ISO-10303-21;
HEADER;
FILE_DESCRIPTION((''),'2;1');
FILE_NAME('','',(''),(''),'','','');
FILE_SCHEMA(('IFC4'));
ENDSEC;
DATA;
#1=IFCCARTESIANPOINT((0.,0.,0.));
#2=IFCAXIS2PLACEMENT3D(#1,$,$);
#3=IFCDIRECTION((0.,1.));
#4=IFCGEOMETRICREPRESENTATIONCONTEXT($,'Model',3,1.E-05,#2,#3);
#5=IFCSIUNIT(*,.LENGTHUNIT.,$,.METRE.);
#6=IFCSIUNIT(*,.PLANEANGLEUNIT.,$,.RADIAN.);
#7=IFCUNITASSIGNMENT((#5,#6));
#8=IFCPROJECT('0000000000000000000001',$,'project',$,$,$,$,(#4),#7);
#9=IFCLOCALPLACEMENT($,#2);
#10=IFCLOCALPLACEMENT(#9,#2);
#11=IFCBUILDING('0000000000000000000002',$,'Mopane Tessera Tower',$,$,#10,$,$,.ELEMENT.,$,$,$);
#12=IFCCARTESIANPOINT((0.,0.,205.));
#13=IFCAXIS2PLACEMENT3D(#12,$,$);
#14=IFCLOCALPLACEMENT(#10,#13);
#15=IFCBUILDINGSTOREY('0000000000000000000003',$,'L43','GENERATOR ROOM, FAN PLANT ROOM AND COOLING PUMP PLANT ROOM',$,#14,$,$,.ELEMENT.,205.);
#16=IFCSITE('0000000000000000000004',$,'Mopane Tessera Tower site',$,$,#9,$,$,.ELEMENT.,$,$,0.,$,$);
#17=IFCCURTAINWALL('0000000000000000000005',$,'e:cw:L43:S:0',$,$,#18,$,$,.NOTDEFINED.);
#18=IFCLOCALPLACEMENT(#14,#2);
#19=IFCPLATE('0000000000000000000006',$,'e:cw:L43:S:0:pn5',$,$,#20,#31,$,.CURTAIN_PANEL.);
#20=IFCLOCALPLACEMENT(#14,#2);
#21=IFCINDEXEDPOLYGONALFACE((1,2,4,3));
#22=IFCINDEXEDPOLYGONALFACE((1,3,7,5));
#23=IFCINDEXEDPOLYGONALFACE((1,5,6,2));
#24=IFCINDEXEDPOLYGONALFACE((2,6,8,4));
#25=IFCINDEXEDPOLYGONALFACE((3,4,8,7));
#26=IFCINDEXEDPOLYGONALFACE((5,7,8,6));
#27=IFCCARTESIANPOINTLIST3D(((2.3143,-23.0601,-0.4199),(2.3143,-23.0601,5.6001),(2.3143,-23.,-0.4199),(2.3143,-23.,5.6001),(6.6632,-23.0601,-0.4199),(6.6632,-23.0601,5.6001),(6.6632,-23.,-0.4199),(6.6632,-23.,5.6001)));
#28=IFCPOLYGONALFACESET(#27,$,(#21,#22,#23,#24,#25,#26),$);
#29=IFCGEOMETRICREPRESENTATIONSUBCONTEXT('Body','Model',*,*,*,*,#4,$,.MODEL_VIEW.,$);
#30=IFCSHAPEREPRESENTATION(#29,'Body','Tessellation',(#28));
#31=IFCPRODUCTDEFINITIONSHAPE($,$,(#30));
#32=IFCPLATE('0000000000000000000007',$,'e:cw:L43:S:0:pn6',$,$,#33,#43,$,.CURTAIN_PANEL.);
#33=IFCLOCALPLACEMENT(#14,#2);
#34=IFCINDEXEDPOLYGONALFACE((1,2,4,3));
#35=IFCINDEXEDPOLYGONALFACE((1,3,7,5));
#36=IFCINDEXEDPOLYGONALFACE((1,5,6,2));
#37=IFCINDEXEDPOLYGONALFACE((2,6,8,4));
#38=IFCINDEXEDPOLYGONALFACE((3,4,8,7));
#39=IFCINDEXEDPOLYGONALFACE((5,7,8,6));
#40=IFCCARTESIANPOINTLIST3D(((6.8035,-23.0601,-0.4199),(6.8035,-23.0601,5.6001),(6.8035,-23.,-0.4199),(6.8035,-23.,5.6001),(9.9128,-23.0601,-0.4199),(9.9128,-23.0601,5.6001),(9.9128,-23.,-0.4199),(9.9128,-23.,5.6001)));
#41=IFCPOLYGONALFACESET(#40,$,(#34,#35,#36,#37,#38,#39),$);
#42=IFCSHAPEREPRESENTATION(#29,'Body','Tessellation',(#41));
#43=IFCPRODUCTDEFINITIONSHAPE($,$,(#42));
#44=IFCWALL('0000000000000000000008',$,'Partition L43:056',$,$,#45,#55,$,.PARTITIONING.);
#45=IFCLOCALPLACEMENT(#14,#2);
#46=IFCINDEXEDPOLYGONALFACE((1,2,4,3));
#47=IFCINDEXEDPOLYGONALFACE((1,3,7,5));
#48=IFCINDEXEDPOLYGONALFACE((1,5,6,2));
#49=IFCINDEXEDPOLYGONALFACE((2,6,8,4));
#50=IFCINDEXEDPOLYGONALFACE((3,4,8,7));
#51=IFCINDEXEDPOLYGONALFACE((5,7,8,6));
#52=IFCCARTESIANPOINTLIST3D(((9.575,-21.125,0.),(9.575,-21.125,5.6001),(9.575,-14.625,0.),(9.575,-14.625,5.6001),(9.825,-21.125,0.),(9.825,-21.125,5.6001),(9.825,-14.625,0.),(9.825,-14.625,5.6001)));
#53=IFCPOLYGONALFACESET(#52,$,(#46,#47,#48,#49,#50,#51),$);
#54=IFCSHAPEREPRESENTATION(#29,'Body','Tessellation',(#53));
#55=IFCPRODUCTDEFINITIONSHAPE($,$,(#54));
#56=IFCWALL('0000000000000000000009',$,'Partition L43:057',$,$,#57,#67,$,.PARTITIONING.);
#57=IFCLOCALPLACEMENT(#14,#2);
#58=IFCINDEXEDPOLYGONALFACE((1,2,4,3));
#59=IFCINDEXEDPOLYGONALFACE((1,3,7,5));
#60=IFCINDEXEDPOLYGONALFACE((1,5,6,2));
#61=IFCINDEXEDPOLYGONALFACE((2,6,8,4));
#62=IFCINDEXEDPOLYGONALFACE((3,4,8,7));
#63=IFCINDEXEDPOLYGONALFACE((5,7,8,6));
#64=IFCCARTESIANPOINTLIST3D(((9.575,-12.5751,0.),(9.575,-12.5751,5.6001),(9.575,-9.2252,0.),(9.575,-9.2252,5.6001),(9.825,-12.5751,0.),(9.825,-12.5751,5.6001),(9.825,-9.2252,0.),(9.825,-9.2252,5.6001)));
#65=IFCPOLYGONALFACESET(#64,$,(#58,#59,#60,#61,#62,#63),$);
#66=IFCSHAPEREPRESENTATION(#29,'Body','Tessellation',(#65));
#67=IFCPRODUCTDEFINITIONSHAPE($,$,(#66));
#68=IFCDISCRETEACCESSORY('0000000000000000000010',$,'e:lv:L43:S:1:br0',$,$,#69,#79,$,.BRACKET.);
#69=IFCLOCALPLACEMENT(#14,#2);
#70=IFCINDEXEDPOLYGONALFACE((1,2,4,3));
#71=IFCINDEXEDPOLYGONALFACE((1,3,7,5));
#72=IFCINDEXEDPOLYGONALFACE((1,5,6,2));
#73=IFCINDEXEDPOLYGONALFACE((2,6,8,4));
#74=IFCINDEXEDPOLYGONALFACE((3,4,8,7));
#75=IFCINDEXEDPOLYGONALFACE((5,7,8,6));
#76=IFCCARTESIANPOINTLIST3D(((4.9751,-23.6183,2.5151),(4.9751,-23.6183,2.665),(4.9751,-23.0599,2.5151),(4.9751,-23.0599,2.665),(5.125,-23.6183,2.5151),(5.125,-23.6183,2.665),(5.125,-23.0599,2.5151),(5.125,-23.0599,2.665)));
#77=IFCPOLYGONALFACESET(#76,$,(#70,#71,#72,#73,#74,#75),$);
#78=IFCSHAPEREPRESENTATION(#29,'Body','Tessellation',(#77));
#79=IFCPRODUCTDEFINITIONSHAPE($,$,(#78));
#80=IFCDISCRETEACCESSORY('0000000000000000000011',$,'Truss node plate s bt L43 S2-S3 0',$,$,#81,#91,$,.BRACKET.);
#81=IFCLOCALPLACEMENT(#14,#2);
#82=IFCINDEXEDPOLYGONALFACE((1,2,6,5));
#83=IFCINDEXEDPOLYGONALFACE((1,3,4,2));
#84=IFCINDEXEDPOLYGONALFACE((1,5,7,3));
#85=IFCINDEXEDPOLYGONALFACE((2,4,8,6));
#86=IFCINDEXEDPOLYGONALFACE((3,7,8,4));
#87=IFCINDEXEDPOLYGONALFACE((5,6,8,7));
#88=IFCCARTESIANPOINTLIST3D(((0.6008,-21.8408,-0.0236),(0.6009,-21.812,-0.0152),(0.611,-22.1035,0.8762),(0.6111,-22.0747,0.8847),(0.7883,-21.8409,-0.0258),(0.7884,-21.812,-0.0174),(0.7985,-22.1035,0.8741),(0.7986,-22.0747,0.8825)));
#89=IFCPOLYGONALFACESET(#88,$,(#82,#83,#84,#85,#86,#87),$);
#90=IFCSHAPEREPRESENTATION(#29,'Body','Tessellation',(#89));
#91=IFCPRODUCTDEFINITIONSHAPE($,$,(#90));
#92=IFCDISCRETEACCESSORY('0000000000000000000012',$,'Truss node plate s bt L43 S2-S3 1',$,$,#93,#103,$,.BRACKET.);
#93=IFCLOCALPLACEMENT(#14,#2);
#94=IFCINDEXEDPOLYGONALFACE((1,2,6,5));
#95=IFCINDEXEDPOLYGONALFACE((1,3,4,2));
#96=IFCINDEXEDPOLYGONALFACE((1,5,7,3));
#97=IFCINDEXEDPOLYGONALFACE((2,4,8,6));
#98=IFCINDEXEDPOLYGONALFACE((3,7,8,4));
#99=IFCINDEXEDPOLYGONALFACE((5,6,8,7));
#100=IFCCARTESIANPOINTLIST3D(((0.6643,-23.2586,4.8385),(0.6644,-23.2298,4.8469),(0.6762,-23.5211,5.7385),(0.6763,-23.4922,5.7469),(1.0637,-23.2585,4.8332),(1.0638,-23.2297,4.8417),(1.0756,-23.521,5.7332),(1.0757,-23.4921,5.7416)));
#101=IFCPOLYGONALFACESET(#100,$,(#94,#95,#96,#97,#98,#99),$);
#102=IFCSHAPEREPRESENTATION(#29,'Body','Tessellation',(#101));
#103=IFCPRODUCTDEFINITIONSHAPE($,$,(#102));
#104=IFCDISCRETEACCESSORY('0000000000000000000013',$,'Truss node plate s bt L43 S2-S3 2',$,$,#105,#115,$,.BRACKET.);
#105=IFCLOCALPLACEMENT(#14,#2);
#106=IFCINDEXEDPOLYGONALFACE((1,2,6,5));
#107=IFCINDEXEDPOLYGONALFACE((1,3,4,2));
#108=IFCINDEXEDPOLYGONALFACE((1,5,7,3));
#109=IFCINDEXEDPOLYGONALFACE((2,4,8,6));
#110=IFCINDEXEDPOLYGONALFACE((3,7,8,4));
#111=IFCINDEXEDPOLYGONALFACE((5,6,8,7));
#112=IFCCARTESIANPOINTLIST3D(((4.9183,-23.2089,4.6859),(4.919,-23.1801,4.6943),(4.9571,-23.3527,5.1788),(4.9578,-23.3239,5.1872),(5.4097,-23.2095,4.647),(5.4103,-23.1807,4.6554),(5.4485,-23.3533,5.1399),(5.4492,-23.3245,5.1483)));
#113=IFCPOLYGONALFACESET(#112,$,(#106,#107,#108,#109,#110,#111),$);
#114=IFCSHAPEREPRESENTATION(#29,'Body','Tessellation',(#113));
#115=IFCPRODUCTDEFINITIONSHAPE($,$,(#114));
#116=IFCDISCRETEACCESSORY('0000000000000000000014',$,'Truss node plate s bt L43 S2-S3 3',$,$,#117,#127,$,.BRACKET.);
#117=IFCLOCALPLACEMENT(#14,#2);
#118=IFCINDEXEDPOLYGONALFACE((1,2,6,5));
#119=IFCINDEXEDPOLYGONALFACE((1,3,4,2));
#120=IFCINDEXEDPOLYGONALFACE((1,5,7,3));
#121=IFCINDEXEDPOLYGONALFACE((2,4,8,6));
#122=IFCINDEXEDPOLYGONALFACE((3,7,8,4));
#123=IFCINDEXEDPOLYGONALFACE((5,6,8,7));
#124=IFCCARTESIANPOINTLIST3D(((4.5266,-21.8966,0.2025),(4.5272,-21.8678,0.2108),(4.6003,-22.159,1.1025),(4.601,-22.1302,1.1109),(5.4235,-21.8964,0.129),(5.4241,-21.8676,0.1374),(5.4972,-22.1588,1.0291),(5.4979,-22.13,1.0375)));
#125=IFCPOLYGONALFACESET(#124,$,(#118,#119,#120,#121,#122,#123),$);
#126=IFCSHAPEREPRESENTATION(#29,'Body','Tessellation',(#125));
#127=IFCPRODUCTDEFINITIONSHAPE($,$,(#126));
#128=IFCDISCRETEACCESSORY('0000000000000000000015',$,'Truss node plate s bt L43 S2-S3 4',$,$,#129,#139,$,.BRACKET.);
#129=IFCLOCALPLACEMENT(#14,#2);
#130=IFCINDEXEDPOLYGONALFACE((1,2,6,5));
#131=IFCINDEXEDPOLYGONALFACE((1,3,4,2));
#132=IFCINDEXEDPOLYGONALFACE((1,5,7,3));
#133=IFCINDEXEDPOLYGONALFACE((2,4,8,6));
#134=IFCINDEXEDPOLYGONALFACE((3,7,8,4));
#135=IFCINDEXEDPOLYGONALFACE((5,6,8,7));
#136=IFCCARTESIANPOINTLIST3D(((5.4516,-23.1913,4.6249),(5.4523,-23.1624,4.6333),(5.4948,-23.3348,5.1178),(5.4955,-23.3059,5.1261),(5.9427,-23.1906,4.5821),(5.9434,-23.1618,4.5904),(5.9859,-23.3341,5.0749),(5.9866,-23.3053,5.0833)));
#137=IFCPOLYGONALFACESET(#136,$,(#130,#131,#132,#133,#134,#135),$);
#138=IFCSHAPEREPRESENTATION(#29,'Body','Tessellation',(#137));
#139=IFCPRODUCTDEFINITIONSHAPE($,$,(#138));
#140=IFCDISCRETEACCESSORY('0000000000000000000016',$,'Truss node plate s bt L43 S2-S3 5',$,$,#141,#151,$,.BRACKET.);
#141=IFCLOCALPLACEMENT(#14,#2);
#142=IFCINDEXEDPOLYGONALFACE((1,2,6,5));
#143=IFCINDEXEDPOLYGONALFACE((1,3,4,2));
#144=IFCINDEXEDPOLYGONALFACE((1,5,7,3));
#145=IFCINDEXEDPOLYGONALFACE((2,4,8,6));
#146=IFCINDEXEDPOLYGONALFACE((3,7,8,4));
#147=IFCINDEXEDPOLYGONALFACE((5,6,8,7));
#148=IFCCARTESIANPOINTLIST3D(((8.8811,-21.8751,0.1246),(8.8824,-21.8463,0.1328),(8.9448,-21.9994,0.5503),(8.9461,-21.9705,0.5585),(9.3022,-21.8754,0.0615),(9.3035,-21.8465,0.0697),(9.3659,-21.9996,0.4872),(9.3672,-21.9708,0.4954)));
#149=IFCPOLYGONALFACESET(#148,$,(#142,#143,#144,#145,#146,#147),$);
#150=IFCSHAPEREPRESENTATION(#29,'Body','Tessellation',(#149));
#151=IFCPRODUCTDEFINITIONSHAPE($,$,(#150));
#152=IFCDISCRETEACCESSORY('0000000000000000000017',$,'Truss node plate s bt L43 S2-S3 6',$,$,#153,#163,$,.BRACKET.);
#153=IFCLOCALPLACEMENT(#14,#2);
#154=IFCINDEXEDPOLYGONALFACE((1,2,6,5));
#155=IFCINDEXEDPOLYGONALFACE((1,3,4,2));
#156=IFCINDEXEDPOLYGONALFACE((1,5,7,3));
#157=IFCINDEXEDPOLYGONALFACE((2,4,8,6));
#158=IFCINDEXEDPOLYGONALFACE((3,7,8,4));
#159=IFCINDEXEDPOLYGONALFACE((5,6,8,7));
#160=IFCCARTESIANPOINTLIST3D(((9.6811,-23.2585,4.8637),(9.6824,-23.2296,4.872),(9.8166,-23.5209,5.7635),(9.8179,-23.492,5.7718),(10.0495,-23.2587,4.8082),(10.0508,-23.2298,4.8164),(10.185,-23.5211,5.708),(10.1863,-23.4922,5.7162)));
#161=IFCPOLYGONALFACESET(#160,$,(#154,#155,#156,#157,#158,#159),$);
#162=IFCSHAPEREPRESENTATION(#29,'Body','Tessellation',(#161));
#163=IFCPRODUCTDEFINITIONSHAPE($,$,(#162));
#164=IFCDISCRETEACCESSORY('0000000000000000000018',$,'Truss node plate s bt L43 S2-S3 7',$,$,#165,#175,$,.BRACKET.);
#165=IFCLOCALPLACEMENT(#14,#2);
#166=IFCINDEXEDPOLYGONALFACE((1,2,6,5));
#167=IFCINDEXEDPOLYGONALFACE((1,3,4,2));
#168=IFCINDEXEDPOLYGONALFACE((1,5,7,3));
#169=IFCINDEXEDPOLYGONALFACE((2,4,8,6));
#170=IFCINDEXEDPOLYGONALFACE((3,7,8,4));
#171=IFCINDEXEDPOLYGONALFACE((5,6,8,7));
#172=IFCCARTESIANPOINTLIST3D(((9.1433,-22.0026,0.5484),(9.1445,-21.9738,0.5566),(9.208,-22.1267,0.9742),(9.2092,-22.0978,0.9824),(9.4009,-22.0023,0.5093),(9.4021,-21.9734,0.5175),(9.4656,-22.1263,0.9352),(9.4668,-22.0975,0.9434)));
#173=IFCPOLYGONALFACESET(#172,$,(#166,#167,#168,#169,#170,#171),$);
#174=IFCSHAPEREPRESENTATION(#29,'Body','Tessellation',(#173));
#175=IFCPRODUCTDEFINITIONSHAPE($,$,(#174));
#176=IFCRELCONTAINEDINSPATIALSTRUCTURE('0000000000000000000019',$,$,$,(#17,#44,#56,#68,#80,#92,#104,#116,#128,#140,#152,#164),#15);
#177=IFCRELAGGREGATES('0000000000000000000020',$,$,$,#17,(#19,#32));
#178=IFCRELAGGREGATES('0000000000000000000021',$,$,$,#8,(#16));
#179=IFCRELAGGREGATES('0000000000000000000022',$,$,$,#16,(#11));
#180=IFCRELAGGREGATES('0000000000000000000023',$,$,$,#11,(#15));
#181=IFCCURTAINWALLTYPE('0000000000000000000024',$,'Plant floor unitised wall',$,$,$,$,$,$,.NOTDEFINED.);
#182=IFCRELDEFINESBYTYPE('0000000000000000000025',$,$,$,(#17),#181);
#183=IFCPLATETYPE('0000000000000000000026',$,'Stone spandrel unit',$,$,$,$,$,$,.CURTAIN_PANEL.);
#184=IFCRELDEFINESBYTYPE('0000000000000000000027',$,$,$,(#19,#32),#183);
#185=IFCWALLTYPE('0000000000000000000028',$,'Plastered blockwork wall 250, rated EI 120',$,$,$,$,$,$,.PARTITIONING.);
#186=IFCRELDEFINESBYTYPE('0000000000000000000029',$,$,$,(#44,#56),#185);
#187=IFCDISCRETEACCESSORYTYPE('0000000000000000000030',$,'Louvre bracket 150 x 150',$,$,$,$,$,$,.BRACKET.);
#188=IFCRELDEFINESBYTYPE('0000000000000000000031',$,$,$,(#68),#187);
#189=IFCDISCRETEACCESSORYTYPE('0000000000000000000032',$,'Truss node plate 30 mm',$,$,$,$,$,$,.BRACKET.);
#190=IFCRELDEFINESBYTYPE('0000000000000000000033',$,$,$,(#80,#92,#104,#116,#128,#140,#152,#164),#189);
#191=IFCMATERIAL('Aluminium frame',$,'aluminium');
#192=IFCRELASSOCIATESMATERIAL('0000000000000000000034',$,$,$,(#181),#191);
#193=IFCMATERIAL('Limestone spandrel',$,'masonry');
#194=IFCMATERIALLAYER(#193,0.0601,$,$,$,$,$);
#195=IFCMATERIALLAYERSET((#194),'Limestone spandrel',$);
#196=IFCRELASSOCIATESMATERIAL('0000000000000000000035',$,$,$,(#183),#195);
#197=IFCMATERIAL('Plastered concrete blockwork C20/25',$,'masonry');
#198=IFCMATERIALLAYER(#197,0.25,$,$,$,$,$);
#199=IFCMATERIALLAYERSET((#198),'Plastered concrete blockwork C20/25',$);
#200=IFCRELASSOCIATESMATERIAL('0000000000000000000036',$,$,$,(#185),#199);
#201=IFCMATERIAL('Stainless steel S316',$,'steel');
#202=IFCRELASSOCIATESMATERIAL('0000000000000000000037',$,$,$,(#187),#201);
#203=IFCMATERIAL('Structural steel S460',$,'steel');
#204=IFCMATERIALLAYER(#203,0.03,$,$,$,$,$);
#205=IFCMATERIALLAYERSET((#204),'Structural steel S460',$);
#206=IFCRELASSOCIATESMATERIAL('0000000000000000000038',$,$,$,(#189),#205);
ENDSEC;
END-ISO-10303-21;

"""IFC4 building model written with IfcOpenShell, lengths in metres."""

from ifc_helpers import new_model, si_unit, direction, frame, frame_2d, origin, origin_2d, place, context, subcontext, project, spatial, rectangle, extrude, material, layer, layer_set, type_object, element, aggregate, save


model = new_model("IFC4")

# Units and contexts
model_context = context("Model", 3, precision=1e-05, world=origin(), true_north=direction((0.0, 1.0)))
body_context = subcontext(model_context, "Body", "Model", "MODEL_VIEW")
ifc_project = project(units=[si_unit("LENGTHUNIT", "METRE"), si_unit("PLANEANGLEUNIT", "RADIAN")], contexts=[model_context])

# Site, building, storey
site_placement = place(None, origin())
site = spatial("IfcSite", under=ifc_project, at=site_placement, Name="Mopane Tessera Tower site", CompositionType="ELEMENT", RefElevation=0.0)
building_placement = place(site_placement, origin())
building = spatial("IfcBuilding", under=site, at=building_placement, Name="Mopane Tessera Tower", CompositionType="ELEMENT")
storey_placement = place(building_placement, frame((0.0, 0.0, 205.0)))
storey = spatial("IfcBuildingStorey", under=building, at=storey_placement, Name="L43", Description="GENERATOR ROOM, FAN PLANT ROOM AND COOLING PUMP PLANT ROOM", CompositionType="ELEMENT", Elevation=205.0)

# Curtain wall
ifc_material_1 = material(Name="Aluminium frame", Category="aluminium")
curtain_wall_type = type_object("IfcCurtainWallType", Name="Plant floor unitised wall", PredefinedType="NOTDEFINED", material=ifc_material_1)
curtain_wall_placement = place(storey_placement, origin())
curtain_wall = element("IfcCurtainWall", 1, at=curtain_wall_placement, inside=storey, type_object=curtain_wall_type, Name="e:cw:L43:S:0", PredefinedType="NOTDEFINED")

# Plates
ifc_material_2 = material(Name="Limestone spandrel", Category="masonry")
ifc_layer_1 = layer(ifc_material_2, 0.0601)
ifc_layer_set_1 = layer_set([ifc_layer_1], Name="Limestone spandrel")
plate_type = type_object("IfcPlateType", Name="Stone spandrel unit", PredefinedType="CURTAIN_PANEL", material=ifc_layer_set_1)
plate_1_placement = place(storey_placement, frame((4.4888, -23.03, -0.4199), z_axis=(0.0, 0.0, 1.0), x_axis=(1.0, 0.0, 0.0)))
plate_1 = element("IfcPlate", 2, at=plate_1_placement, type_object=plate_type, Name="e:cw:L43:S:0:pn5", PredefinedType="CURTAIN_PANEL", context=body_context, shape_type="SweptSolid", body=[
    extrude(rectangle(XDim=4.3489, YDim=0.0601, at=origin_2d()), origin(), (0.0, 0.0, 1.0), 6.02),
])
plate_2_placement = place(storey_placement, frame((8.3582, -23.03, -0.4199), z_axis=(0.0, 0.0, 1.0), x_axis=(1.0, 0.0, 0.0)))
plate_2 = element("IfcPlate", 3, at=plate_2_placement, type_object=plate_type, Name="e:cw:L43:S:0:pn6", PredefinedType="CURTAIN_PANEL", context=body_context, shape_type="SweptSolid", body=[
    extrude(rectangle(XDim=3.1094, YDim=0.0601, at=origin_2d()), origin(), (0.0, 0.0, 1.0), 6.02),
])
aggregate(curtain_wall, [plate_1, plate_2])

# Walls
ifc_material_3 = material(Name="Plastered concrete blockwork C20/25", Category="masonry")
ifc_layer_2 = layer(ifc_material_3, 0.25)
ifc_layer_set_2 = layer_set([ifc_layer_2], Name="Plastered concrete blockwork C20/25")
wall_type = type_object("IfcWallType", Name="Plastered blockwork wall 250, rated EI 120", PredefinedType="PARTITIONING", material=ifc_layer_set_2)
wall_1_placement = place(storey_placement, frame((9.7, -21.125, 0.0), z_axis=(0.0, 0.0, 1.0), x_axis=(0.0, 1.0, 0.0)))
element("IfcWall", 4, at=wall_1_placement, inside=storey, type_object=wall_type, Name="Partition L43:056", PredefinedType="PARTITIONING", context=body_context, shape_type="SweptSolid", body=[
    extrude(rectangle(XDim=6.5, YDim=0.25, at=frame_2d((3.25, 0.0))), origin(), (0.0, 0.0, 1.0), 5.6001),
])
wall_2_placement = place(storey_placement, frame((9.7, -12.575, 0.0), z_axis=(0.0, 0.0, 1.0), x_axis=(0.0, 1.0, 0.0)))
element("IfcWall", 5, at=wall_2_placement, inside=storey, type_object=wall_type, Name="Partition L43:057", PredefinedType="PARTITIONING", context=body_context, shape_type="SweptSolid", body=[
    extrude(rectangle(XDim=3.3499, YDim=0.25, at=frame_2d((1.6748, 0.0))), origin(), (0.0, 0.0, 1.0), 5.6001),
])

# Discrete accessories
ifc_material_4 = material(Name="Stainless steel S316", Category="steel")
discrete_accessory_type_1 = type_object("IfcDiscreteAccessoryType", Name="Louvre bracket 150 x 150", PredefinedType="BRACKET", material=ifc_material_4)
discrete_accessory_1_placement = place(storey_placement, frame((5.05, -23.3391, 2.5151), z_axis=(0.0, 0.0, 1.0), x_axis=(0.0, -1.0, 0.0)))
element("IfcDiscreteAccessory", 6, at=discrete_accessory_1_placement, inside=storey, type_object=discrete_accessory_type_1, Name="e:lv:L43:S:1:br0", PredefinedType="BRACKET", context=body_context, shape_type="SweptSolid", body=[
    extrude(rectangle(XDim=0.5583, YDim=0.1499, at=origin_2d()), origin(), (0.0, 0.0, 1.0), 0.1499),
])
ifc_material_5 = material(Name="Structural steel S460", Category="steel")
ifc_layer_3 = layer(ifc_material_5, 0.03)
ifc_layer_set_3 = layer_set([ifc_layer_3], Name="Structural steel S460")
discrete_accessory_type_2 = type_object("IfcDiscreteAccessoryType", Name="Truss node plate 30 mm", PredefinedType="BRACKET", material=ifc_layer_set_3)
discrete_accessory_2_placement = place(storey_placement, frame((0.6946, -21.8264, -0.0205), z_axis=(0.010937, -0.280203, 0.959878), x_axis=(0.003472, 0.959941, 0.280182)))
element("IfcDiscreteAccessory", 7, at=discrete_accessory_2_placement, inside=storey, type_object=discrete_accessory_type_2, Name="Truss node plate s bt L43 S2-S3 0", PredefinedType="BRACKET", context=body_context, shape_type="SweptSolid", body=[
    extrude(rectangle(XDim=0.03, YDim=0.1875, at=origin_2d()), origin(), (0.0, 0.0, 1.0), 0.9375),
])
discrete_accessory_3_placement = place(storey_placement, frame((0.864, -23.2441, 4.8401), z_axis=(0.012761, -0.279957, 0.959928), x_axis=(0.003394, 0.960012, 0.279937)))
element("IfcDiscreteAccessory", 8, at=discrete_accessory_3_placement, inside=storey, type_object=discrete_accessory_type_2, Name="Truss node plate s bt L43 S2-S3 1", PredefinedType="BRACKET", context=body_context, shape_type="SweptSolid", body=[
    extrude(rectangle(XDim=0.03, YDim=0.3994, at=origin_2d()), origin(), (0.0, 0.0, 1.0), 0.9375),
])
discrete_accessory_4_placement = place(storey_placement, frame((5.1643, -23.1948, 4.6707), z_axis=(0.075385, -0.279258, 0.957252), x_axis=(0.023197, 0.960215, 0.278295)))
element("IfcDiscreteAccessory", 9, at=discrete_accessory_4_placement, inside=storey, type_object=discrete_accessory_type_2, Name="Truss node plate s bt L43 S2-S3 2", PredefinedType="BRACKET", context=body_context, shape_type="SweptSolid", body=[
    extrude(rectangle(XDim=0.03, YDim=0.4929, at=origin_2d()), origin(), (0.0, 0.0, 1.0), 0.5149),
])
discrete_accessory_5_placement = place(storey_placement, frame((4.9753, -21.8821, 0.1699), z_axis=(0.078393, -0.279049, 0.957072), x_axis=(0.022567, 0.960277, 0.278135)))
element("IfcDiscreteAccessory", 10, at=discrete_accessory_5_placement, inside=storey, type_object=discrete_accessory_type_2, Name="Truss node plate s bt L43 S2-S3 3", PredefinedType="BRACKET", context=body_context, shape_type="SweptSolid", body=[
    extrude(rectangle(XDim=0.03, YDim=0.8999, at=origin_2d()), origin(), (0.0, 0.0, 1.0), 0.9404),
])
discrete_accessory_6_placement = place(storey_placement, frame((5.6975, -23.1765, 4.6077), z_axis=(0.083874, -0.278631, 0.956729), x_axis=(0.022986, 0.960397, 0.277685)))
element("IfcDiscreteAccessory", 11, at=discrete_accessory_6_placement, inside=storey, type_object=discrete_accessory_type_2, Name="Truss node plate s bt L43 S2-S3 4", PredefinedType="BRACKET", context=body_context, shape_type="SweptSolid", body=[
    extrude(rectangle(XDim=0.03, YDim=0.4929, at=origin_2d()), origin(), (0.0, 0.0, 1.0), 0.5151),
])
discrete_accessory_7_placement = place(storey_placement, frame((9.0923, -21.8608, 0.0972), z_axis=(0.142202, -0.277322, 0.950195), x_axis=(0.04169, 0.960777, 0.274171)))
element("IfcDiscreteAccessory", 12, at=discrete_accessory_7_placement, inside=storey, type_object=discrete_accessory_type_2, Name="Truss node plate s bt L43 S2-S3 5", PredefinedType="BRACKET", context=body_context, shape_type="SweptSolid", body=[
    extrude(rectangle(XDim=0.03, YDim=0.4258, at=origin_2d()), origin(), (0.0, 0.0, 1.0), 0.448),
])
discrete_accessory_8_placement = place(storey_placement, frame((9.866, -23.2441, 4.8401), z_axis=(0.143061, -0.2771, 0.950131), x_axis=(0.041765, 0.960841, 0.273935)))
element("IfcDiscreteAccessory", 13, at=discrete_accessory_8_placement, inside=storey, type_object=discrete_accessory_type_2, Name="Truss node plate s bt L43 S2-S3 6", PredefinedType="BRACKET", context=body_context, shape_type="SweptSolid", body=[
    extrude(rectangle(XDim=0.03, YDim=0.3726, at=origin_2d()), origin(), (0.0, 0.0, 1.0), 0.947),
])
discrete_accessory_9_placement = place(storey_placement, frame((9.2727, -21.988, 0.533), z_axis=(0.144358, -0.276732, 0.950042), x_axis=(0.040312, 0.960946, 0.273783)))
element("IfcDiscreteAccessory", 14, at=discrete_accessory_9_placement, inside=storey, type_object=discrete_accessory_type_2, Name="Truss node plate s bt L43 S2-S3 7", PredefinedType="BRACKET", context=body_context, shape_type="SweptSolid", body=[
    extrude(rectangle(XDim=0.03, YDim=0.2605, at=origin_2d()), origin(), (0.0, 0.0, 1.0), 0.4482),
])

save(model, "model.ifc")
